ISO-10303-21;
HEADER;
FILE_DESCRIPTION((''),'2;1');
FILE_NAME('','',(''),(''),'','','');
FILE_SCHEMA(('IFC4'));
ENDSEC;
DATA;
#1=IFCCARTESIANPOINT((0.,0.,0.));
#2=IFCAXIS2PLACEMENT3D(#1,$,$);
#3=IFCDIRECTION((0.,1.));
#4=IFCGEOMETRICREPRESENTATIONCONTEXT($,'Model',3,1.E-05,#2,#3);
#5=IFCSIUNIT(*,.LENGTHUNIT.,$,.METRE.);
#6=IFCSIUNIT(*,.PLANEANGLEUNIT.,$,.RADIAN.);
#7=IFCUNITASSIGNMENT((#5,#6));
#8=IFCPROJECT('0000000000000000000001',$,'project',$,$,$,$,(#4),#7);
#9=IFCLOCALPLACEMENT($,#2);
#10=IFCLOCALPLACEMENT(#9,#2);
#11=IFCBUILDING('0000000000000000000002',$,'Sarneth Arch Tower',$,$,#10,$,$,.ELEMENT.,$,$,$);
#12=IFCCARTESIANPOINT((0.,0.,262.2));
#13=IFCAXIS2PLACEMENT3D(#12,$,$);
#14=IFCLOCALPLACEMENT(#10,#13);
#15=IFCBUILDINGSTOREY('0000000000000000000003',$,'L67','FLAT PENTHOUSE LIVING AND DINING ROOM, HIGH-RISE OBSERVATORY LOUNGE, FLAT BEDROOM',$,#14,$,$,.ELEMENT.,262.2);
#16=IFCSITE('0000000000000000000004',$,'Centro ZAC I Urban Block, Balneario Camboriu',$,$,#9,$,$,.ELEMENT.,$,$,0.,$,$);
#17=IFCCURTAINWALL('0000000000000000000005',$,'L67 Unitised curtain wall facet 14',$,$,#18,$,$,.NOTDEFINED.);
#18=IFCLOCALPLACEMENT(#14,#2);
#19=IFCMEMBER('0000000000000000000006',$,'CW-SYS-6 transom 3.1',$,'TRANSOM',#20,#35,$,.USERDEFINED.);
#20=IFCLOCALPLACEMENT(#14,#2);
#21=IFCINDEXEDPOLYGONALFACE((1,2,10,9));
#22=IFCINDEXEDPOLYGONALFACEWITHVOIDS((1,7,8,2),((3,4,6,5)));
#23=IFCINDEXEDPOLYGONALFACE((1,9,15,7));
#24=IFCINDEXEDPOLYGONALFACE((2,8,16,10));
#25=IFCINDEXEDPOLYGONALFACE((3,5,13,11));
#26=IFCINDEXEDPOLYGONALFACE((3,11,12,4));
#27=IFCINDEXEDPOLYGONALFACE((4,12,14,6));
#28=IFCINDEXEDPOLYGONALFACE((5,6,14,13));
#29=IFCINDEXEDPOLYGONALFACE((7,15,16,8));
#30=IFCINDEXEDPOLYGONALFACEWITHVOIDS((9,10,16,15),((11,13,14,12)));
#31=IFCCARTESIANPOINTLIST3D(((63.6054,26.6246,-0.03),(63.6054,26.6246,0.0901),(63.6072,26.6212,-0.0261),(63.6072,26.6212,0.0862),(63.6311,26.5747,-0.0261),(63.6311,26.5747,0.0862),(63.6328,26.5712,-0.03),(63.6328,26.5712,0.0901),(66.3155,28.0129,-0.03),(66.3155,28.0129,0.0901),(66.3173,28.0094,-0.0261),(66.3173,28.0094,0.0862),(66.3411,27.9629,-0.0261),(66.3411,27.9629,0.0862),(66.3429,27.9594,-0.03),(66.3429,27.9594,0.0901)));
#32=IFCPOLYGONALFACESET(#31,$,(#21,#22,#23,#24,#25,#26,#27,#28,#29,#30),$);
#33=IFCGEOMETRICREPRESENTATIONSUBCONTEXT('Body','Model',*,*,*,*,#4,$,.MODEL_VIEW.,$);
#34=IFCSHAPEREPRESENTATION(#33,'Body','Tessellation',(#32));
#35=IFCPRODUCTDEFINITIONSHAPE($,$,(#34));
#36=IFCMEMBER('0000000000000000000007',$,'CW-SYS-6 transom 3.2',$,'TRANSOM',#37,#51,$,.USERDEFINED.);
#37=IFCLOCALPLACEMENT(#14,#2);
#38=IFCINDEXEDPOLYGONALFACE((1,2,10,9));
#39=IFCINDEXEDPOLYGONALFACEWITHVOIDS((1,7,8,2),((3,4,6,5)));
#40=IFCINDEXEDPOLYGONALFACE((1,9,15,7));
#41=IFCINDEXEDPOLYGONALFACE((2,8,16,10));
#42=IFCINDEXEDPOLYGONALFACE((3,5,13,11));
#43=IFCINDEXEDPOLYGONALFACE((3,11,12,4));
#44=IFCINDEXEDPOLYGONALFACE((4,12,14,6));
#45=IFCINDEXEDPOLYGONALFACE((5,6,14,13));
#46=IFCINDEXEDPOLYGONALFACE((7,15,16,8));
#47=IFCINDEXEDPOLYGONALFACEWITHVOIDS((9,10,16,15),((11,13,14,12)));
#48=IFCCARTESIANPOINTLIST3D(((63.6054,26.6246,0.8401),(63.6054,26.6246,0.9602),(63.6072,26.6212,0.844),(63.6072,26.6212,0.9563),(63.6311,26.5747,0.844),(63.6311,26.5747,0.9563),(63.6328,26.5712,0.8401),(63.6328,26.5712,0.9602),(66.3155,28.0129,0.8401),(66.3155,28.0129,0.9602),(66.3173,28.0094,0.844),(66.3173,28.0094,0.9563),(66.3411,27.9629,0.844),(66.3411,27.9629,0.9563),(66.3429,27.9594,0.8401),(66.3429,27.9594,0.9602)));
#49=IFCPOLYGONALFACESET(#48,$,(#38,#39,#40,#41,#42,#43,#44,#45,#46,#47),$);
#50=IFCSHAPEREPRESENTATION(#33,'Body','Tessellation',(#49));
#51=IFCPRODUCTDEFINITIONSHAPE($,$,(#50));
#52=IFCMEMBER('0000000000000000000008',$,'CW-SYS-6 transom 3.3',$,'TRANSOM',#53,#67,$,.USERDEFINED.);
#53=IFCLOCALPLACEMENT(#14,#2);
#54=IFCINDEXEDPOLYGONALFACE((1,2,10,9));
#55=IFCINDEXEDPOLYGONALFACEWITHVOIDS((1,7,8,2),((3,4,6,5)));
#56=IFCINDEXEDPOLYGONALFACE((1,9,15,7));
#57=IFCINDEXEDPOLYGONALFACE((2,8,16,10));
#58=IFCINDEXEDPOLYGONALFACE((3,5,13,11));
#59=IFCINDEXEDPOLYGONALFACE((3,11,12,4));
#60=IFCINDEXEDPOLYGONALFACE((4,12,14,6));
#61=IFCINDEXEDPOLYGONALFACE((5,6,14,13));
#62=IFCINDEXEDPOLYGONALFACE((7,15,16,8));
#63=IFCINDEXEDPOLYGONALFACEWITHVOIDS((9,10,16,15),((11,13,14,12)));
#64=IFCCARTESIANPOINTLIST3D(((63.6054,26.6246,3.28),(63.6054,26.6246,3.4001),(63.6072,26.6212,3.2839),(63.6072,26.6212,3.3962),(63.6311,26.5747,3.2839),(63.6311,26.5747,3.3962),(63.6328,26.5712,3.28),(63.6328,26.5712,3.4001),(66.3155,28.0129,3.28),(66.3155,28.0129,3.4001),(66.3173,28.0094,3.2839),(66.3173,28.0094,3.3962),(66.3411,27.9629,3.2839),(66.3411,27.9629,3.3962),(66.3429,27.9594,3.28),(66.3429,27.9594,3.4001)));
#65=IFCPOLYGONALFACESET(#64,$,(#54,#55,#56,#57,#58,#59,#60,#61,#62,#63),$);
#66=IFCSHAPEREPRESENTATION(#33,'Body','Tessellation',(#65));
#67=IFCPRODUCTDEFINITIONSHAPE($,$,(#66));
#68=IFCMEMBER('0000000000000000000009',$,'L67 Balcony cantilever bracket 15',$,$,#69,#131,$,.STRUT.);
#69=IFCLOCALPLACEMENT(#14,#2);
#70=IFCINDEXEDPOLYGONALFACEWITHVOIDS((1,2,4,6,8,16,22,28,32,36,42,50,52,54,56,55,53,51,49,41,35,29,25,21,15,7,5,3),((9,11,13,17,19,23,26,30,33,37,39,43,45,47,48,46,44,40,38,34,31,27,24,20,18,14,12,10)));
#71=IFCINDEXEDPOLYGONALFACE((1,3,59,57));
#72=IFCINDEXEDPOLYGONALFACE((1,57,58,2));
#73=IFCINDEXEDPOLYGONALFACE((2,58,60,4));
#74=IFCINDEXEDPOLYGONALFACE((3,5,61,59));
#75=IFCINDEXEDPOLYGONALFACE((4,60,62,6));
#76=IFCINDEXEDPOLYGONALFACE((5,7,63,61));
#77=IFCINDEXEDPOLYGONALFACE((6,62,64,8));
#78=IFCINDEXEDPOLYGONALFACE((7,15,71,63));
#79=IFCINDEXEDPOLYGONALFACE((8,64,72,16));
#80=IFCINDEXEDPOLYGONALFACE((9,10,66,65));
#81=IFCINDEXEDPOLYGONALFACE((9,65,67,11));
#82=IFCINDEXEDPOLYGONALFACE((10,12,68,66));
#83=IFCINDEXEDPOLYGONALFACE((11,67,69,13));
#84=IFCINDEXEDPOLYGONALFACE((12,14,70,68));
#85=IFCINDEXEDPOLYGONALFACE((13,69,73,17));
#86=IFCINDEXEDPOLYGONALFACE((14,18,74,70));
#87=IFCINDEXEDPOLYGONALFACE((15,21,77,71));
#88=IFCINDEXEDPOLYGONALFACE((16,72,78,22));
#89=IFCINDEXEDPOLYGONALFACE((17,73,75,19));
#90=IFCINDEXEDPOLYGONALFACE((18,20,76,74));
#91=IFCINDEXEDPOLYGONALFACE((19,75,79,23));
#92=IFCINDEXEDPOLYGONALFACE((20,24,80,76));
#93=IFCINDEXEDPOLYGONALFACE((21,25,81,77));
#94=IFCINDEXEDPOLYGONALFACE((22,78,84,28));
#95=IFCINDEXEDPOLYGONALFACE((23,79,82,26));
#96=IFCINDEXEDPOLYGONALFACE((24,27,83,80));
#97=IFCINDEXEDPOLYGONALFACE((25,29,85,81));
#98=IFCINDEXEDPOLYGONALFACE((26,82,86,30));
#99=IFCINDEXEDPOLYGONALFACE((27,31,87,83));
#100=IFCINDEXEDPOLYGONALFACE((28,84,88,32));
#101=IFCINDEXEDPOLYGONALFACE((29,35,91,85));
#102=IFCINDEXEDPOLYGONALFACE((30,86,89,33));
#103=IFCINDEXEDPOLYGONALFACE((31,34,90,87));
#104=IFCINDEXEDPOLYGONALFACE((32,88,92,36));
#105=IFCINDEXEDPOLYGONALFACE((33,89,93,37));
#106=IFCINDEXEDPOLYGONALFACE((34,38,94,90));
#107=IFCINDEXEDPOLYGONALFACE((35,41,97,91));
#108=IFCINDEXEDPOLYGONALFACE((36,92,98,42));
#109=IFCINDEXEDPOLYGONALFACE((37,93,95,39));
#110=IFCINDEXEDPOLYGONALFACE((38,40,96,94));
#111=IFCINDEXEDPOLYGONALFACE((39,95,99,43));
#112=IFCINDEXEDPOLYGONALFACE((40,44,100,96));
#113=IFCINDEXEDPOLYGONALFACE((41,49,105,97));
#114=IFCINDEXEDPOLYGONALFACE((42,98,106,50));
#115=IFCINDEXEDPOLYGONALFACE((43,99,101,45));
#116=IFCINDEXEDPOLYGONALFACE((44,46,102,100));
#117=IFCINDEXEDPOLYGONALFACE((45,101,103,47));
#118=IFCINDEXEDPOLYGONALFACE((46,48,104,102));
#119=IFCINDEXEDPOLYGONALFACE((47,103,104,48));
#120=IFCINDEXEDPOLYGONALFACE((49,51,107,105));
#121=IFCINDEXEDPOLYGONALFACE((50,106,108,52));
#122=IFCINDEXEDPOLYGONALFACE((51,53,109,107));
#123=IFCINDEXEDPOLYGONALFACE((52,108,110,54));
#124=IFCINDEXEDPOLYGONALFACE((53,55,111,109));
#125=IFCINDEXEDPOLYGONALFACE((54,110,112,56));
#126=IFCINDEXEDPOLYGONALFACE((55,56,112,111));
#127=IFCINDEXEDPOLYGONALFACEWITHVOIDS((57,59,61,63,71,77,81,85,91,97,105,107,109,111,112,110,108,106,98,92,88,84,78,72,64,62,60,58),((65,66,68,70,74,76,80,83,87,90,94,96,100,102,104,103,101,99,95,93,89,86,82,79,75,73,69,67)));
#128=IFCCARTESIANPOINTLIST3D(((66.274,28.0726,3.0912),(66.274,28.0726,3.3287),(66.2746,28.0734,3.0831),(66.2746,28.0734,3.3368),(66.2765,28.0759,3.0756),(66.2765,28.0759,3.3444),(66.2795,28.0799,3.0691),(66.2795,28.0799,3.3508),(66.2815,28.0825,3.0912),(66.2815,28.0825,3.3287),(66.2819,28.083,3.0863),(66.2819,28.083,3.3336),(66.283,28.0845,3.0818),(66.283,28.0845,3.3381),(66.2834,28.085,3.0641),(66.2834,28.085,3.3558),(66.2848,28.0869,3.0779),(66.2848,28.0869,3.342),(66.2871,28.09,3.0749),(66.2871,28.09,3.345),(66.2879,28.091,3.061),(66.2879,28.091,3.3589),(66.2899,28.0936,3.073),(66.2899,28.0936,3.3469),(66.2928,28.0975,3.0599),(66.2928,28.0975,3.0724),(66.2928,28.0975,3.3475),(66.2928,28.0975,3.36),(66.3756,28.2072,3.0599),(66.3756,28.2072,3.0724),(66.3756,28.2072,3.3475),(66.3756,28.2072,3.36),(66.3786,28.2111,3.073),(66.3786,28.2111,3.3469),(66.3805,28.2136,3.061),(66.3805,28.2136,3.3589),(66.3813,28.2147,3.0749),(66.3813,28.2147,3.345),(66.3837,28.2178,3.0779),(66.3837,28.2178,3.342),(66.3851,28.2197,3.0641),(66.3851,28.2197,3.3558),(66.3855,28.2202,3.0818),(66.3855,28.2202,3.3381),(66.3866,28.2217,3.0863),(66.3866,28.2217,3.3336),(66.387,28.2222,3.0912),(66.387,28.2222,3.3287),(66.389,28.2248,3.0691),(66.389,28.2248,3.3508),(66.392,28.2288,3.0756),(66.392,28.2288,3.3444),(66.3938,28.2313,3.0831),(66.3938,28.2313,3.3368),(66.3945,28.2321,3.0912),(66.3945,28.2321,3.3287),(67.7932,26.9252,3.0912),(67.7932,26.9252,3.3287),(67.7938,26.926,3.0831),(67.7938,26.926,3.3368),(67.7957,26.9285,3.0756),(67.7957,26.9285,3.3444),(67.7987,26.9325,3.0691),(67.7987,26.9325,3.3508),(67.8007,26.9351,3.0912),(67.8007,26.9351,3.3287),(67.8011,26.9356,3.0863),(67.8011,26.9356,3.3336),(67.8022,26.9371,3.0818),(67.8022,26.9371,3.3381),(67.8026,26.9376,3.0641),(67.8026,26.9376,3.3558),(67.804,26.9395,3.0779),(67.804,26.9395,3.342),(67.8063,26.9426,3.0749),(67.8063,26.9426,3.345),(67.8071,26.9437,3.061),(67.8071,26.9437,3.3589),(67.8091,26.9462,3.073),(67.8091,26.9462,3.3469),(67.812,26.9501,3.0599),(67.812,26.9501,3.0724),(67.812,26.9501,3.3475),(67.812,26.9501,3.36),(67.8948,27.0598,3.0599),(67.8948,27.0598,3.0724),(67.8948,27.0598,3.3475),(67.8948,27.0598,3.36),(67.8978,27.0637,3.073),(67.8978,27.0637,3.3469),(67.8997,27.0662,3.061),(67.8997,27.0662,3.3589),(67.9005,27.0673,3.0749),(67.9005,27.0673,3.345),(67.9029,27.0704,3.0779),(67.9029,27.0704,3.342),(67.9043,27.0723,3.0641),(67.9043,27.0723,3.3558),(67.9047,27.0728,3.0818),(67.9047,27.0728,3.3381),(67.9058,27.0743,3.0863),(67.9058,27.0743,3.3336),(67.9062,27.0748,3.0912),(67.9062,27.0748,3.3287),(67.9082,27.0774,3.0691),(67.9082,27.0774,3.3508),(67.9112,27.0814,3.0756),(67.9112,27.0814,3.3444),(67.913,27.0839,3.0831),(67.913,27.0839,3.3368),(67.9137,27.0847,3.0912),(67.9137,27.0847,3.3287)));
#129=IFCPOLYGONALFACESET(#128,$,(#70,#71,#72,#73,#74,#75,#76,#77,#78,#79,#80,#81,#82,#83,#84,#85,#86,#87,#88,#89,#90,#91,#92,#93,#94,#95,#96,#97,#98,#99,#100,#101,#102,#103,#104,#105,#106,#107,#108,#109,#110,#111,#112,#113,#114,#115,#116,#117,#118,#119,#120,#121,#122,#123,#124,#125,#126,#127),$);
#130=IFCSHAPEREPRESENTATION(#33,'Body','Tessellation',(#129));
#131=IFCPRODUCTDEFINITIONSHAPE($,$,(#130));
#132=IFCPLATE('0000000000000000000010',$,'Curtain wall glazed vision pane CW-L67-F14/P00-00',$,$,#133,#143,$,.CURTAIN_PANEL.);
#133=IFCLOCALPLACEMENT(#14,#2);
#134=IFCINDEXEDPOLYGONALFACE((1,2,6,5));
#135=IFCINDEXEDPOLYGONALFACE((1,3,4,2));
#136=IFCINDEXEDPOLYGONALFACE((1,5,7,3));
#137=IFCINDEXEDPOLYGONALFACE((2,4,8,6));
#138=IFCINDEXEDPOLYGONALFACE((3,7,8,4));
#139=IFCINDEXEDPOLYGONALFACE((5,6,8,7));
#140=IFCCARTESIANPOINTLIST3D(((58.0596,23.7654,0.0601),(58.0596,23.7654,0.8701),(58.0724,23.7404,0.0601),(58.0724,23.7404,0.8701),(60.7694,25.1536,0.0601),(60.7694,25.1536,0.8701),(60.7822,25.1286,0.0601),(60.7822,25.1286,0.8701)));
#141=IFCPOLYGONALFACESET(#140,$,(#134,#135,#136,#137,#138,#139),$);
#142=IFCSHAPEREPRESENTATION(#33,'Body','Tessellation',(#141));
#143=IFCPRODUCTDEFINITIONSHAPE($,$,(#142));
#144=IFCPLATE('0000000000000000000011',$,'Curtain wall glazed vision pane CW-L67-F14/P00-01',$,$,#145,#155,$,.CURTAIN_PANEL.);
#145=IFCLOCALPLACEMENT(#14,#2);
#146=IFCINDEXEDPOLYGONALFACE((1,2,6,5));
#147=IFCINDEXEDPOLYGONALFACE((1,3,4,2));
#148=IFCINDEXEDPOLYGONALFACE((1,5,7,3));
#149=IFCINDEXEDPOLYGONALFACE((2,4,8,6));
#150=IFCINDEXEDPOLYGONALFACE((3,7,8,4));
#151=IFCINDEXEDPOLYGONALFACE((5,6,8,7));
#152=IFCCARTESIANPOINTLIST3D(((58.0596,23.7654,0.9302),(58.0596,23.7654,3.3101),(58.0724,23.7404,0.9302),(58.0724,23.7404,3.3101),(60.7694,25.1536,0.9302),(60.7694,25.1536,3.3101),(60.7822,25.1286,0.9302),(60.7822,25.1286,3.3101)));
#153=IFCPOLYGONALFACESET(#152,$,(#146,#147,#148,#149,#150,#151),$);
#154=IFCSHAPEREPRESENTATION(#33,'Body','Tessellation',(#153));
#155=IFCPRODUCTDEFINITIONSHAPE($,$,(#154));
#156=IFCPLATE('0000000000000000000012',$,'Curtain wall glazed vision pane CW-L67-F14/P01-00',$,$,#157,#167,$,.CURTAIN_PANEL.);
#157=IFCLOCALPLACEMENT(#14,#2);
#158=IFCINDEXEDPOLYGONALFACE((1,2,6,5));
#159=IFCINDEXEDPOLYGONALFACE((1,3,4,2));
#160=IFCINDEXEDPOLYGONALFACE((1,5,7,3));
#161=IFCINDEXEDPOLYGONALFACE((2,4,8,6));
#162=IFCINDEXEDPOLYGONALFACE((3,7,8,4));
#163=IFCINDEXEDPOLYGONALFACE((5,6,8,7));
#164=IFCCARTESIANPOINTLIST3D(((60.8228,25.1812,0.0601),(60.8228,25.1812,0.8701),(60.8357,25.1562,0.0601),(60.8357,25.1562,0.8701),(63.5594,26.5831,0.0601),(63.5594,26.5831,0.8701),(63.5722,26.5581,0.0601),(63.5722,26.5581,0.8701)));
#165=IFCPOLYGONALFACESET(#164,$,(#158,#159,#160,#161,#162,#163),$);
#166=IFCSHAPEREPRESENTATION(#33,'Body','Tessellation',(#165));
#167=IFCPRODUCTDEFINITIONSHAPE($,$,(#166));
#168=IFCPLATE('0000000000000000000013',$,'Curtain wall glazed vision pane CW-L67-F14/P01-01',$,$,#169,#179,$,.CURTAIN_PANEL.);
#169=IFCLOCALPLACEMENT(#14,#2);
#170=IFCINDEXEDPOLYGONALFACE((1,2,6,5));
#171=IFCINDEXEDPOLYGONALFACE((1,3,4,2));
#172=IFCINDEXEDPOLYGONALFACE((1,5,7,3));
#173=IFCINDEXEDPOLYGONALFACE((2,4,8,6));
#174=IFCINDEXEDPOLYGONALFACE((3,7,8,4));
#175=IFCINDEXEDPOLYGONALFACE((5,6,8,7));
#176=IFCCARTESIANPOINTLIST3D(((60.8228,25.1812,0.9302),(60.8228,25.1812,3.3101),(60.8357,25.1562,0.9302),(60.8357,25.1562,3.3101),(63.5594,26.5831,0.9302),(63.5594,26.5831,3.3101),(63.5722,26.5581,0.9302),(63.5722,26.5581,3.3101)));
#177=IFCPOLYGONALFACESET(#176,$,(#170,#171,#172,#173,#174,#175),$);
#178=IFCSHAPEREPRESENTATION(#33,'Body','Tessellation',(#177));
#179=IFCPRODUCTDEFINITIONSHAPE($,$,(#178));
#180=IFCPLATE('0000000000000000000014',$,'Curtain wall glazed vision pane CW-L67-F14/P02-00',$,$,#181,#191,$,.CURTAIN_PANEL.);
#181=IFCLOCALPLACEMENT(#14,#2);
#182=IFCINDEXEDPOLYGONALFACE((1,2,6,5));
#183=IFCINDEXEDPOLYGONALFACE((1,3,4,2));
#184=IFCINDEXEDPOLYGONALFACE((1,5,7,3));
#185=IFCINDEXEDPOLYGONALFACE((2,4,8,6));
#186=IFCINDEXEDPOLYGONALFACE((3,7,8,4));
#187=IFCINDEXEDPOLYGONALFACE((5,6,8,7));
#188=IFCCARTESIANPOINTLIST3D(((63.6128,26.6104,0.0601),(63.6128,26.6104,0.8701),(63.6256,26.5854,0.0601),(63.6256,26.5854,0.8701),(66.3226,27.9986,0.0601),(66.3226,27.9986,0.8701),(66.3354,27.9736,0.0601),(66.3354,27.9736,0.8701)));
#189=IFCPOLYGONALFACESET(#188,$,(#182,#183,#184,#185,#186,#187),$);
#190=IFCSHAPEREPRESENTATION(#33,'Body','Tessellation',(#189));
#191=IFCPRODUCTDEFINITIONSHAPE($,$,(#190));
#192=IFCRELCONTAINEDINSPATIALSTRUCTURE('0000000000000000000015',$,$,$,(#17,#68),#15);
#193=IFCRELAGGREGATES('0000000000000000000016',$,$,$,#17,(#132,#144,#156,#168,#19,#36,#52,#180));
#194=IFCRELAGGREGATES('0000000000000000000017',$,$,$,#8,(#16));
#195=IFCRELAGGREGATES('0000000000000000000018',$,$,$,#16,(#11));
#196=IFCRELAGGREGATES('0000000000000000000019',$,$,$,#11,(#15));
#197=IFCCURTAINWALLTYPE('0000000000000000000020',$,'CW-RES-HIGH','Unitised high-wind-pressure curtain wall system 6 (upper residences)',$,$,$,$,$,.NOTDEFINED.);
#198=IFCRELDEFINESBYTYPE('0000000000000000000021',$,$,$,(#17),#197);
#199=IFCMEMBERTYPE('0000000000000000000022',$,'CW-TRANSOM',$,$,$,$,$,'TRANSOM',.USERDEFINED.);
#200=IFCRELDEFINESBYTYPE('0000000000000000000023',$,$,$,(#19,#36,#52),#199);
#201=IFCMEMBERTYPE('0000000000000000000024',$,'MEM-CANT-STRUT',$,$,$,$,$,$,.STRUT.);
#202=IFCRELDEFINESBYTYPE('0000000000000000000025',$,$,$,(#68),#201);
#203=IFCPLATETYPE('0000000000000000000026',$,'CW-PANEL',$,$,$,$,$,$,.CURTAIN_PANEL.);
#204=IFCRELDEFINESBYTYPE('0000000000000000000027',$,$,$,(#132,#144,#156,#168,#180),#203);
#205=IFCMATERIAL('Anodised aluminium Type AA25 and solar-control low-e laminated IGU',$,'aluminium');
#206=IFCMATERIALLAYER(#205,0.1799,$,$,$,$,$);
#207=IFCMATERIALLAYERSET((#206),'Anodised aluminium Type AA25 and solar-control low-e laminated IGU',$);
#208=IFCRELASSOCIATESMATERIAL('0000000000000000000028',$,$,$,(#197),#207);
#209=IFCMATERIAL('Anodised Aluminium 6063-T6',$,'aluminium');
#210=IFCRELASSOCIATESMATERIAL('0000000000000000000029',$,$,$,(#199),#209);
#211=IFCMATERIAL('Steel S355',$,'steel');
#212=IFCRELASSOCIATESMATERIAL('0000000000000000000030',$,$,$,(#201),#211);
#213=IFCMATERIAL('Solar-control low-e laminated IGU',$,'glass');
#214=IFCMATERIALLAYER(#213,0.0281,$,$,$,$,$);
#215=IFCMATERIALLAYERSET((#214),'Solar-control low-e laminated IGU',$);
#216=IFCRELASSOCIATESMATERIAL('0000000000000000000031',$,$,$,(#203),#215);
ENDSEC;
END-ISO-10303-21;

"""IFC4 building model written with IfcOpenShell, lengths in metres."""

from ifc_helpers import new_model, si_unit, direction, frame, origin, origin_2d, place, context, subcontext, project, spatial, rectangle, hollow_rectangle, extrude, material, layer, layer_set, material_profile, profile_set, type_object, element, aggregate, save


model = new_model("IFC4")

# Units and contexts
model_context = context("Model", 3, precision=1e-05, world=origin(), true_north=direction((0.0, 1.0)))
body_context = subcontext(model_context, "Body", "Model", "MODEL_VIEW")
ifc_project = project(units=[si_unit("LENGTHUNIT", "METRE"), si_unit("PLANEANGLEUNIT", "RADIAN")], contexts=[model_context])

# Site, building, storey
site_placement = place(None, origin())
site = spatial("IfcSite", under=ifc_project, at=site_placement, Name="Centro ZAC I Urban Block, Balneario Camboriu", CompositionType="ELEMENT", RefElevation=0.0)
building_placement = place(site_placement, origin())
building = spatial("IfcBuilding", under=site, at=building_placement, Name="Sarneth Arch Tower", CompositionType="ELEMENT")
storey_placement = place(building_placement, frame((0.0, 0.0, 262.2)))
storey = spatial("IfcBuildingStorey", under=building, at=storey_placement, Name="L67", Description="FLAT PENTHOUSE LIVING AND DINING ROOM, HIGH-RISE OBSERVATORY LOUNGE, FLAT BEDROOM", CompositionType="ELEMENT", Elevation=262.2)

# Curtain wall, members
ifc_material_1 = material(Name="Anodised aluminium Type AA25 and solar-control low-e laminated IGU", Category="aluminium")
ifc_layer_1 = layer(ifc_material_1, 0.1799)
ifc_layer_set_1 = layer_set([ifc_layer_1], Name="Anodised aluminium Type AA25 and solar-control low-e laminated IGU")
curtain_wall_type = type_object("IfcCurtainWallType", Name="CW-RES-HIGH", Description="Unitised high-wind-pressure curtain wall system 6 (upper residences)", PredefinedType="NOTDEFINED", material=ifc_layer_set_1)
curtain_wall_placement = place(storey_placement, origin())
curtain_wall = element("IfcCurtainWall", 1, at=curtain_wall_placement, inside=storey, type_object=curtain_wall_type, Name="L67 Unitised curtain wall facet 14", PredefinedType="NOTDEFINED")
ifc_material_2 = material(Name="Anodised Aluminium 6063-T6", Category="aluminium")
ifc_material_profile_1 = material_profile(ifc_material_2, hollow_rectangle(XDim=0.0601, YDim=0.1201, WallThickness=0.0039, at=origin_2d()), Name="AL-TRAN-120x60x4")
ifc_profile_set_1 = profile_set([ifc_material_profile_1], Name="Anodised Aluminium 6063-T6")
member_type_1 = type_object("IfcMemberType", Name="CW-TRANSOM", ElementType="TRANSOM", PredefinedType="USERDEFINED", material=ifc_profile_set_1)
member_1_placement = place(storey_placement, frame((63.6191, 26.5979, 0.03), z_axis=(0.890023, 0.455916, 0.0), x_axis=(-0.455916, 0.890023, 0.0)))
member_1 = element("IfcMember", 2, at=member_1_placement, type_object=member_type_1, Name="CW-SYS-6 transom 3.1", ObjectType="TRANSOM", PredefinedType="USERDEFINED", context=body_context, shape_type="SweptSolid", body=[
    extrude(hollow_rectangle(XDim=0.0601, YDim=0.1201, WallThickness=0.0039, at=origin_2d()), origin(), (0.0, 0.0, 1.0), 3.0449),
])
member_2_placement = place(storey_placement, frame((63.6191, 26.5979, 0.9001), z_axis=(0.890023, 0.455916, 0.0), x_axis=(-0.455916, 0.890023, 0.0)))
member_2 = element("IfcMember", 3, at=member_2_placement, type_object=member_type_1, Name="CW-SYS-6 transom 3.2", ObjectType="TRANSOM", PredefinedType="USERDEFINED", context=body_context, shape_type="SweptSolid", body=[
    extrude(hollow_rectangle(XDim=0.0601, YDim=0.1201, WallThickness=0.0039, at=origin_2d()), origin(), (0.0, 0.0, 1.0), 3.0449),
])
member_3_placement = place(storey_placement, frame((63.6191, 26.5979, 3.3401), z_axis=(0.890023, 0.455916, 0.0), x_axis=(-0.455916, 0.890023, 0.0)))
member_3 = element("IfcMember", 4, at=member_3_placement, type_object=member_type_1, Name="CW-SYS-6 transom 3.3", ObjectType="TRANSOM", PredefinedType="USERDEFINED", context=body_context, shape_type="SweptSolid", body=[
    extrude(hollow_rectangle(XDim=0.0601, YDim=0.1201, WallThickness=0.0039, at=origin_2d()), origin(), (0.0, 0.0, 1.0), 3.0449),
])

# Member
ifc_material_3 = material(Name="Steel S355", Category="steel")
ifc_material_profile_2 = material_profile(ifc_material_3, hollow_rectangle(XDim=0.2, YDim=0.3, WallThickness=0.0125, InnerFilletRadius=0.0188, OuterFilletRadius=0.0312, at=origin_2d()), Name="RHS300x200x12.5")
ifc_profile_set_2 = profile_set([ifc_material_profile_2], Name="Steel S355")
member_type_2 = type_object("IfcMemberType", Name="MEM-CANT-STRUT", PredefinedType="STRUT", material=ifc_profile_set_2)
member_4_placement = place(storey_placement, frame((66.3342, 28.1523, 3.21), z_axis=(0.79798, -0.602684, 0.0), x_axis=(0.602684, 0.79798, 0.0)))
element("IfcMember", 5, at=member_4_placement, inside=storey, type_object=member_type_2, Name="L67 Balcony cantilever bracket 15", PredefinedType="STRUT", context=body_context, shape_type="SweptSolid", body=[
    extrude(hollow_rectangle(XDim=0.2, YDim=0.3, WallThickness=0.0125, InnerFilletRadius=0.0188, OuterFilletRadius=0.0312, at=origin_2d()), origin(), (0.0, 0.0, 1.0), 1.9038),
])

# Plates
ifc_material_4 = material(Name="Solar-control low-e laminated IGU", Category="glass")
ifc_layer_2 = layer(ifc_material_4, 0.0281)
ifc_layer_set_2 = layer_set([ifc_layer_2], Name="Solar-control low-e laminated IGU")
plate_type_1 = type_object("IfcPlateType", Name="CW-PANEL", PredefinedType="CURTAIN_PANEL", material=ifc_layer_set_2)
plate_1_placement = place(storey_placement, frame((59.4209, 24.447, 0.0601), z_axis=(0.0, 0.0, 1.0), x_axis=(0.89001, 0.455942, 0.0)))
plate_1 = element("IfcPlate", 6, at=plate_1_placement, type_object=plate_type_1, Name="Curtain wall glazed vision pane CW-L67-F14/P00-00", PredefinedType="CURTAIN_PANEL", context=body_context, shape_type="SweptSolid", body=[
    extrude(rectangle(XDim=3.0447, YDim=0.0281, at=origin_2d()), origin(), (0.0, 0.0, 1.0), 0.8101),
])
plate_2_placement = place(storey_placement, frame((59.4209, 24.447, 0.9302), z_axis=(0.0, 0.0, 1.0), x_axis=(0.89001, 0.455942, 0.0)))
plate_2 = element("IfcPlate", 7, at=plate_2_placement, type_object=plate_type_1, Name="Curtain wall glazed vision pane CW-L67-F14/P00-01", PredefinedType="CURTAIN_PANEL", context=body_context, shape_type="SweptSolid", body=[
    extrude(rectangle(XDim=3.0447, YDim=0.0281, at=origin_2d()), origin(), (0.0, 0.0, 1.0), 2.3799),
])
plate_3_placement = place(storey_placement, frame((62.1975, 25.8696, 0.0601), z_axis=(0.0, 0.0, 1.0), x_axis=(0.89001, 0.455942, 0.0)))
plate_3 = element("IfcPlate", 8, at=plate_3_placement, type_object=plate_type_1, Name="Curtain wall glazed vision pane CW-L67-F14/P01-00", PredefinedType="CURTAIN_PANEL", context=body_context, shape_type="SweptSolid", body=[
    extrude(rectangle(XDim=3.0747, YDim=0.0281, at=origin_2d()), origin(), (0.0, 0.0, 1.0), 0.8101),
])
plate_4_placement = place(storey_placement, frame((62.1975, 25.8696, 0.9302), z_axis=(0.0, 0.0, 1.0), x_axis=(0.89001, 0.455942, 0.0)))
plate_4 = element("IfcPlate", 9, at=plate_4_placement, type_object=plate_type_1, Name="Curtain wall glazed vision pane CW-L67-F14/P01-01", PredefinedType="CURTAIN_PANEL", context=body_context, shape_type="SweptSolid", body=[
    extrude(rectangle(XDim=3.0747, YDim=0.0281, at=origin_2d()), origin(), (0.0, 0.0, 1.0), 2.3799),
])
plate_5_placement = place(storey_placement, frame((64.9741, 27.292, 0.0601), z_axis=(0.0, 0.0, 1.0), x_axis=(0.89001, 0.455942, 0.0)))
plate_5 = element("IfcPlate", 10, at=plate_5_placement, type_object=plate_type_1, Name="Curtain wall glazed vision pane CW-L67-F14/P02-00", PredefinedType="CURTAIN_PANEL", context=body_context, shape_type="SweptSolid", body=[
    extrude(rectangle(XDim=3.0447, YDim=0.0281, at=origin_2d()), origin(), (0.0, 0.0, 1.0), 0.8101),
])
aggregate(curtain_wall, [plate_1, plate_2, plate_3, plate_4, member_1, member_2, member_3, plate_5])

save(model, "model.ifc")
